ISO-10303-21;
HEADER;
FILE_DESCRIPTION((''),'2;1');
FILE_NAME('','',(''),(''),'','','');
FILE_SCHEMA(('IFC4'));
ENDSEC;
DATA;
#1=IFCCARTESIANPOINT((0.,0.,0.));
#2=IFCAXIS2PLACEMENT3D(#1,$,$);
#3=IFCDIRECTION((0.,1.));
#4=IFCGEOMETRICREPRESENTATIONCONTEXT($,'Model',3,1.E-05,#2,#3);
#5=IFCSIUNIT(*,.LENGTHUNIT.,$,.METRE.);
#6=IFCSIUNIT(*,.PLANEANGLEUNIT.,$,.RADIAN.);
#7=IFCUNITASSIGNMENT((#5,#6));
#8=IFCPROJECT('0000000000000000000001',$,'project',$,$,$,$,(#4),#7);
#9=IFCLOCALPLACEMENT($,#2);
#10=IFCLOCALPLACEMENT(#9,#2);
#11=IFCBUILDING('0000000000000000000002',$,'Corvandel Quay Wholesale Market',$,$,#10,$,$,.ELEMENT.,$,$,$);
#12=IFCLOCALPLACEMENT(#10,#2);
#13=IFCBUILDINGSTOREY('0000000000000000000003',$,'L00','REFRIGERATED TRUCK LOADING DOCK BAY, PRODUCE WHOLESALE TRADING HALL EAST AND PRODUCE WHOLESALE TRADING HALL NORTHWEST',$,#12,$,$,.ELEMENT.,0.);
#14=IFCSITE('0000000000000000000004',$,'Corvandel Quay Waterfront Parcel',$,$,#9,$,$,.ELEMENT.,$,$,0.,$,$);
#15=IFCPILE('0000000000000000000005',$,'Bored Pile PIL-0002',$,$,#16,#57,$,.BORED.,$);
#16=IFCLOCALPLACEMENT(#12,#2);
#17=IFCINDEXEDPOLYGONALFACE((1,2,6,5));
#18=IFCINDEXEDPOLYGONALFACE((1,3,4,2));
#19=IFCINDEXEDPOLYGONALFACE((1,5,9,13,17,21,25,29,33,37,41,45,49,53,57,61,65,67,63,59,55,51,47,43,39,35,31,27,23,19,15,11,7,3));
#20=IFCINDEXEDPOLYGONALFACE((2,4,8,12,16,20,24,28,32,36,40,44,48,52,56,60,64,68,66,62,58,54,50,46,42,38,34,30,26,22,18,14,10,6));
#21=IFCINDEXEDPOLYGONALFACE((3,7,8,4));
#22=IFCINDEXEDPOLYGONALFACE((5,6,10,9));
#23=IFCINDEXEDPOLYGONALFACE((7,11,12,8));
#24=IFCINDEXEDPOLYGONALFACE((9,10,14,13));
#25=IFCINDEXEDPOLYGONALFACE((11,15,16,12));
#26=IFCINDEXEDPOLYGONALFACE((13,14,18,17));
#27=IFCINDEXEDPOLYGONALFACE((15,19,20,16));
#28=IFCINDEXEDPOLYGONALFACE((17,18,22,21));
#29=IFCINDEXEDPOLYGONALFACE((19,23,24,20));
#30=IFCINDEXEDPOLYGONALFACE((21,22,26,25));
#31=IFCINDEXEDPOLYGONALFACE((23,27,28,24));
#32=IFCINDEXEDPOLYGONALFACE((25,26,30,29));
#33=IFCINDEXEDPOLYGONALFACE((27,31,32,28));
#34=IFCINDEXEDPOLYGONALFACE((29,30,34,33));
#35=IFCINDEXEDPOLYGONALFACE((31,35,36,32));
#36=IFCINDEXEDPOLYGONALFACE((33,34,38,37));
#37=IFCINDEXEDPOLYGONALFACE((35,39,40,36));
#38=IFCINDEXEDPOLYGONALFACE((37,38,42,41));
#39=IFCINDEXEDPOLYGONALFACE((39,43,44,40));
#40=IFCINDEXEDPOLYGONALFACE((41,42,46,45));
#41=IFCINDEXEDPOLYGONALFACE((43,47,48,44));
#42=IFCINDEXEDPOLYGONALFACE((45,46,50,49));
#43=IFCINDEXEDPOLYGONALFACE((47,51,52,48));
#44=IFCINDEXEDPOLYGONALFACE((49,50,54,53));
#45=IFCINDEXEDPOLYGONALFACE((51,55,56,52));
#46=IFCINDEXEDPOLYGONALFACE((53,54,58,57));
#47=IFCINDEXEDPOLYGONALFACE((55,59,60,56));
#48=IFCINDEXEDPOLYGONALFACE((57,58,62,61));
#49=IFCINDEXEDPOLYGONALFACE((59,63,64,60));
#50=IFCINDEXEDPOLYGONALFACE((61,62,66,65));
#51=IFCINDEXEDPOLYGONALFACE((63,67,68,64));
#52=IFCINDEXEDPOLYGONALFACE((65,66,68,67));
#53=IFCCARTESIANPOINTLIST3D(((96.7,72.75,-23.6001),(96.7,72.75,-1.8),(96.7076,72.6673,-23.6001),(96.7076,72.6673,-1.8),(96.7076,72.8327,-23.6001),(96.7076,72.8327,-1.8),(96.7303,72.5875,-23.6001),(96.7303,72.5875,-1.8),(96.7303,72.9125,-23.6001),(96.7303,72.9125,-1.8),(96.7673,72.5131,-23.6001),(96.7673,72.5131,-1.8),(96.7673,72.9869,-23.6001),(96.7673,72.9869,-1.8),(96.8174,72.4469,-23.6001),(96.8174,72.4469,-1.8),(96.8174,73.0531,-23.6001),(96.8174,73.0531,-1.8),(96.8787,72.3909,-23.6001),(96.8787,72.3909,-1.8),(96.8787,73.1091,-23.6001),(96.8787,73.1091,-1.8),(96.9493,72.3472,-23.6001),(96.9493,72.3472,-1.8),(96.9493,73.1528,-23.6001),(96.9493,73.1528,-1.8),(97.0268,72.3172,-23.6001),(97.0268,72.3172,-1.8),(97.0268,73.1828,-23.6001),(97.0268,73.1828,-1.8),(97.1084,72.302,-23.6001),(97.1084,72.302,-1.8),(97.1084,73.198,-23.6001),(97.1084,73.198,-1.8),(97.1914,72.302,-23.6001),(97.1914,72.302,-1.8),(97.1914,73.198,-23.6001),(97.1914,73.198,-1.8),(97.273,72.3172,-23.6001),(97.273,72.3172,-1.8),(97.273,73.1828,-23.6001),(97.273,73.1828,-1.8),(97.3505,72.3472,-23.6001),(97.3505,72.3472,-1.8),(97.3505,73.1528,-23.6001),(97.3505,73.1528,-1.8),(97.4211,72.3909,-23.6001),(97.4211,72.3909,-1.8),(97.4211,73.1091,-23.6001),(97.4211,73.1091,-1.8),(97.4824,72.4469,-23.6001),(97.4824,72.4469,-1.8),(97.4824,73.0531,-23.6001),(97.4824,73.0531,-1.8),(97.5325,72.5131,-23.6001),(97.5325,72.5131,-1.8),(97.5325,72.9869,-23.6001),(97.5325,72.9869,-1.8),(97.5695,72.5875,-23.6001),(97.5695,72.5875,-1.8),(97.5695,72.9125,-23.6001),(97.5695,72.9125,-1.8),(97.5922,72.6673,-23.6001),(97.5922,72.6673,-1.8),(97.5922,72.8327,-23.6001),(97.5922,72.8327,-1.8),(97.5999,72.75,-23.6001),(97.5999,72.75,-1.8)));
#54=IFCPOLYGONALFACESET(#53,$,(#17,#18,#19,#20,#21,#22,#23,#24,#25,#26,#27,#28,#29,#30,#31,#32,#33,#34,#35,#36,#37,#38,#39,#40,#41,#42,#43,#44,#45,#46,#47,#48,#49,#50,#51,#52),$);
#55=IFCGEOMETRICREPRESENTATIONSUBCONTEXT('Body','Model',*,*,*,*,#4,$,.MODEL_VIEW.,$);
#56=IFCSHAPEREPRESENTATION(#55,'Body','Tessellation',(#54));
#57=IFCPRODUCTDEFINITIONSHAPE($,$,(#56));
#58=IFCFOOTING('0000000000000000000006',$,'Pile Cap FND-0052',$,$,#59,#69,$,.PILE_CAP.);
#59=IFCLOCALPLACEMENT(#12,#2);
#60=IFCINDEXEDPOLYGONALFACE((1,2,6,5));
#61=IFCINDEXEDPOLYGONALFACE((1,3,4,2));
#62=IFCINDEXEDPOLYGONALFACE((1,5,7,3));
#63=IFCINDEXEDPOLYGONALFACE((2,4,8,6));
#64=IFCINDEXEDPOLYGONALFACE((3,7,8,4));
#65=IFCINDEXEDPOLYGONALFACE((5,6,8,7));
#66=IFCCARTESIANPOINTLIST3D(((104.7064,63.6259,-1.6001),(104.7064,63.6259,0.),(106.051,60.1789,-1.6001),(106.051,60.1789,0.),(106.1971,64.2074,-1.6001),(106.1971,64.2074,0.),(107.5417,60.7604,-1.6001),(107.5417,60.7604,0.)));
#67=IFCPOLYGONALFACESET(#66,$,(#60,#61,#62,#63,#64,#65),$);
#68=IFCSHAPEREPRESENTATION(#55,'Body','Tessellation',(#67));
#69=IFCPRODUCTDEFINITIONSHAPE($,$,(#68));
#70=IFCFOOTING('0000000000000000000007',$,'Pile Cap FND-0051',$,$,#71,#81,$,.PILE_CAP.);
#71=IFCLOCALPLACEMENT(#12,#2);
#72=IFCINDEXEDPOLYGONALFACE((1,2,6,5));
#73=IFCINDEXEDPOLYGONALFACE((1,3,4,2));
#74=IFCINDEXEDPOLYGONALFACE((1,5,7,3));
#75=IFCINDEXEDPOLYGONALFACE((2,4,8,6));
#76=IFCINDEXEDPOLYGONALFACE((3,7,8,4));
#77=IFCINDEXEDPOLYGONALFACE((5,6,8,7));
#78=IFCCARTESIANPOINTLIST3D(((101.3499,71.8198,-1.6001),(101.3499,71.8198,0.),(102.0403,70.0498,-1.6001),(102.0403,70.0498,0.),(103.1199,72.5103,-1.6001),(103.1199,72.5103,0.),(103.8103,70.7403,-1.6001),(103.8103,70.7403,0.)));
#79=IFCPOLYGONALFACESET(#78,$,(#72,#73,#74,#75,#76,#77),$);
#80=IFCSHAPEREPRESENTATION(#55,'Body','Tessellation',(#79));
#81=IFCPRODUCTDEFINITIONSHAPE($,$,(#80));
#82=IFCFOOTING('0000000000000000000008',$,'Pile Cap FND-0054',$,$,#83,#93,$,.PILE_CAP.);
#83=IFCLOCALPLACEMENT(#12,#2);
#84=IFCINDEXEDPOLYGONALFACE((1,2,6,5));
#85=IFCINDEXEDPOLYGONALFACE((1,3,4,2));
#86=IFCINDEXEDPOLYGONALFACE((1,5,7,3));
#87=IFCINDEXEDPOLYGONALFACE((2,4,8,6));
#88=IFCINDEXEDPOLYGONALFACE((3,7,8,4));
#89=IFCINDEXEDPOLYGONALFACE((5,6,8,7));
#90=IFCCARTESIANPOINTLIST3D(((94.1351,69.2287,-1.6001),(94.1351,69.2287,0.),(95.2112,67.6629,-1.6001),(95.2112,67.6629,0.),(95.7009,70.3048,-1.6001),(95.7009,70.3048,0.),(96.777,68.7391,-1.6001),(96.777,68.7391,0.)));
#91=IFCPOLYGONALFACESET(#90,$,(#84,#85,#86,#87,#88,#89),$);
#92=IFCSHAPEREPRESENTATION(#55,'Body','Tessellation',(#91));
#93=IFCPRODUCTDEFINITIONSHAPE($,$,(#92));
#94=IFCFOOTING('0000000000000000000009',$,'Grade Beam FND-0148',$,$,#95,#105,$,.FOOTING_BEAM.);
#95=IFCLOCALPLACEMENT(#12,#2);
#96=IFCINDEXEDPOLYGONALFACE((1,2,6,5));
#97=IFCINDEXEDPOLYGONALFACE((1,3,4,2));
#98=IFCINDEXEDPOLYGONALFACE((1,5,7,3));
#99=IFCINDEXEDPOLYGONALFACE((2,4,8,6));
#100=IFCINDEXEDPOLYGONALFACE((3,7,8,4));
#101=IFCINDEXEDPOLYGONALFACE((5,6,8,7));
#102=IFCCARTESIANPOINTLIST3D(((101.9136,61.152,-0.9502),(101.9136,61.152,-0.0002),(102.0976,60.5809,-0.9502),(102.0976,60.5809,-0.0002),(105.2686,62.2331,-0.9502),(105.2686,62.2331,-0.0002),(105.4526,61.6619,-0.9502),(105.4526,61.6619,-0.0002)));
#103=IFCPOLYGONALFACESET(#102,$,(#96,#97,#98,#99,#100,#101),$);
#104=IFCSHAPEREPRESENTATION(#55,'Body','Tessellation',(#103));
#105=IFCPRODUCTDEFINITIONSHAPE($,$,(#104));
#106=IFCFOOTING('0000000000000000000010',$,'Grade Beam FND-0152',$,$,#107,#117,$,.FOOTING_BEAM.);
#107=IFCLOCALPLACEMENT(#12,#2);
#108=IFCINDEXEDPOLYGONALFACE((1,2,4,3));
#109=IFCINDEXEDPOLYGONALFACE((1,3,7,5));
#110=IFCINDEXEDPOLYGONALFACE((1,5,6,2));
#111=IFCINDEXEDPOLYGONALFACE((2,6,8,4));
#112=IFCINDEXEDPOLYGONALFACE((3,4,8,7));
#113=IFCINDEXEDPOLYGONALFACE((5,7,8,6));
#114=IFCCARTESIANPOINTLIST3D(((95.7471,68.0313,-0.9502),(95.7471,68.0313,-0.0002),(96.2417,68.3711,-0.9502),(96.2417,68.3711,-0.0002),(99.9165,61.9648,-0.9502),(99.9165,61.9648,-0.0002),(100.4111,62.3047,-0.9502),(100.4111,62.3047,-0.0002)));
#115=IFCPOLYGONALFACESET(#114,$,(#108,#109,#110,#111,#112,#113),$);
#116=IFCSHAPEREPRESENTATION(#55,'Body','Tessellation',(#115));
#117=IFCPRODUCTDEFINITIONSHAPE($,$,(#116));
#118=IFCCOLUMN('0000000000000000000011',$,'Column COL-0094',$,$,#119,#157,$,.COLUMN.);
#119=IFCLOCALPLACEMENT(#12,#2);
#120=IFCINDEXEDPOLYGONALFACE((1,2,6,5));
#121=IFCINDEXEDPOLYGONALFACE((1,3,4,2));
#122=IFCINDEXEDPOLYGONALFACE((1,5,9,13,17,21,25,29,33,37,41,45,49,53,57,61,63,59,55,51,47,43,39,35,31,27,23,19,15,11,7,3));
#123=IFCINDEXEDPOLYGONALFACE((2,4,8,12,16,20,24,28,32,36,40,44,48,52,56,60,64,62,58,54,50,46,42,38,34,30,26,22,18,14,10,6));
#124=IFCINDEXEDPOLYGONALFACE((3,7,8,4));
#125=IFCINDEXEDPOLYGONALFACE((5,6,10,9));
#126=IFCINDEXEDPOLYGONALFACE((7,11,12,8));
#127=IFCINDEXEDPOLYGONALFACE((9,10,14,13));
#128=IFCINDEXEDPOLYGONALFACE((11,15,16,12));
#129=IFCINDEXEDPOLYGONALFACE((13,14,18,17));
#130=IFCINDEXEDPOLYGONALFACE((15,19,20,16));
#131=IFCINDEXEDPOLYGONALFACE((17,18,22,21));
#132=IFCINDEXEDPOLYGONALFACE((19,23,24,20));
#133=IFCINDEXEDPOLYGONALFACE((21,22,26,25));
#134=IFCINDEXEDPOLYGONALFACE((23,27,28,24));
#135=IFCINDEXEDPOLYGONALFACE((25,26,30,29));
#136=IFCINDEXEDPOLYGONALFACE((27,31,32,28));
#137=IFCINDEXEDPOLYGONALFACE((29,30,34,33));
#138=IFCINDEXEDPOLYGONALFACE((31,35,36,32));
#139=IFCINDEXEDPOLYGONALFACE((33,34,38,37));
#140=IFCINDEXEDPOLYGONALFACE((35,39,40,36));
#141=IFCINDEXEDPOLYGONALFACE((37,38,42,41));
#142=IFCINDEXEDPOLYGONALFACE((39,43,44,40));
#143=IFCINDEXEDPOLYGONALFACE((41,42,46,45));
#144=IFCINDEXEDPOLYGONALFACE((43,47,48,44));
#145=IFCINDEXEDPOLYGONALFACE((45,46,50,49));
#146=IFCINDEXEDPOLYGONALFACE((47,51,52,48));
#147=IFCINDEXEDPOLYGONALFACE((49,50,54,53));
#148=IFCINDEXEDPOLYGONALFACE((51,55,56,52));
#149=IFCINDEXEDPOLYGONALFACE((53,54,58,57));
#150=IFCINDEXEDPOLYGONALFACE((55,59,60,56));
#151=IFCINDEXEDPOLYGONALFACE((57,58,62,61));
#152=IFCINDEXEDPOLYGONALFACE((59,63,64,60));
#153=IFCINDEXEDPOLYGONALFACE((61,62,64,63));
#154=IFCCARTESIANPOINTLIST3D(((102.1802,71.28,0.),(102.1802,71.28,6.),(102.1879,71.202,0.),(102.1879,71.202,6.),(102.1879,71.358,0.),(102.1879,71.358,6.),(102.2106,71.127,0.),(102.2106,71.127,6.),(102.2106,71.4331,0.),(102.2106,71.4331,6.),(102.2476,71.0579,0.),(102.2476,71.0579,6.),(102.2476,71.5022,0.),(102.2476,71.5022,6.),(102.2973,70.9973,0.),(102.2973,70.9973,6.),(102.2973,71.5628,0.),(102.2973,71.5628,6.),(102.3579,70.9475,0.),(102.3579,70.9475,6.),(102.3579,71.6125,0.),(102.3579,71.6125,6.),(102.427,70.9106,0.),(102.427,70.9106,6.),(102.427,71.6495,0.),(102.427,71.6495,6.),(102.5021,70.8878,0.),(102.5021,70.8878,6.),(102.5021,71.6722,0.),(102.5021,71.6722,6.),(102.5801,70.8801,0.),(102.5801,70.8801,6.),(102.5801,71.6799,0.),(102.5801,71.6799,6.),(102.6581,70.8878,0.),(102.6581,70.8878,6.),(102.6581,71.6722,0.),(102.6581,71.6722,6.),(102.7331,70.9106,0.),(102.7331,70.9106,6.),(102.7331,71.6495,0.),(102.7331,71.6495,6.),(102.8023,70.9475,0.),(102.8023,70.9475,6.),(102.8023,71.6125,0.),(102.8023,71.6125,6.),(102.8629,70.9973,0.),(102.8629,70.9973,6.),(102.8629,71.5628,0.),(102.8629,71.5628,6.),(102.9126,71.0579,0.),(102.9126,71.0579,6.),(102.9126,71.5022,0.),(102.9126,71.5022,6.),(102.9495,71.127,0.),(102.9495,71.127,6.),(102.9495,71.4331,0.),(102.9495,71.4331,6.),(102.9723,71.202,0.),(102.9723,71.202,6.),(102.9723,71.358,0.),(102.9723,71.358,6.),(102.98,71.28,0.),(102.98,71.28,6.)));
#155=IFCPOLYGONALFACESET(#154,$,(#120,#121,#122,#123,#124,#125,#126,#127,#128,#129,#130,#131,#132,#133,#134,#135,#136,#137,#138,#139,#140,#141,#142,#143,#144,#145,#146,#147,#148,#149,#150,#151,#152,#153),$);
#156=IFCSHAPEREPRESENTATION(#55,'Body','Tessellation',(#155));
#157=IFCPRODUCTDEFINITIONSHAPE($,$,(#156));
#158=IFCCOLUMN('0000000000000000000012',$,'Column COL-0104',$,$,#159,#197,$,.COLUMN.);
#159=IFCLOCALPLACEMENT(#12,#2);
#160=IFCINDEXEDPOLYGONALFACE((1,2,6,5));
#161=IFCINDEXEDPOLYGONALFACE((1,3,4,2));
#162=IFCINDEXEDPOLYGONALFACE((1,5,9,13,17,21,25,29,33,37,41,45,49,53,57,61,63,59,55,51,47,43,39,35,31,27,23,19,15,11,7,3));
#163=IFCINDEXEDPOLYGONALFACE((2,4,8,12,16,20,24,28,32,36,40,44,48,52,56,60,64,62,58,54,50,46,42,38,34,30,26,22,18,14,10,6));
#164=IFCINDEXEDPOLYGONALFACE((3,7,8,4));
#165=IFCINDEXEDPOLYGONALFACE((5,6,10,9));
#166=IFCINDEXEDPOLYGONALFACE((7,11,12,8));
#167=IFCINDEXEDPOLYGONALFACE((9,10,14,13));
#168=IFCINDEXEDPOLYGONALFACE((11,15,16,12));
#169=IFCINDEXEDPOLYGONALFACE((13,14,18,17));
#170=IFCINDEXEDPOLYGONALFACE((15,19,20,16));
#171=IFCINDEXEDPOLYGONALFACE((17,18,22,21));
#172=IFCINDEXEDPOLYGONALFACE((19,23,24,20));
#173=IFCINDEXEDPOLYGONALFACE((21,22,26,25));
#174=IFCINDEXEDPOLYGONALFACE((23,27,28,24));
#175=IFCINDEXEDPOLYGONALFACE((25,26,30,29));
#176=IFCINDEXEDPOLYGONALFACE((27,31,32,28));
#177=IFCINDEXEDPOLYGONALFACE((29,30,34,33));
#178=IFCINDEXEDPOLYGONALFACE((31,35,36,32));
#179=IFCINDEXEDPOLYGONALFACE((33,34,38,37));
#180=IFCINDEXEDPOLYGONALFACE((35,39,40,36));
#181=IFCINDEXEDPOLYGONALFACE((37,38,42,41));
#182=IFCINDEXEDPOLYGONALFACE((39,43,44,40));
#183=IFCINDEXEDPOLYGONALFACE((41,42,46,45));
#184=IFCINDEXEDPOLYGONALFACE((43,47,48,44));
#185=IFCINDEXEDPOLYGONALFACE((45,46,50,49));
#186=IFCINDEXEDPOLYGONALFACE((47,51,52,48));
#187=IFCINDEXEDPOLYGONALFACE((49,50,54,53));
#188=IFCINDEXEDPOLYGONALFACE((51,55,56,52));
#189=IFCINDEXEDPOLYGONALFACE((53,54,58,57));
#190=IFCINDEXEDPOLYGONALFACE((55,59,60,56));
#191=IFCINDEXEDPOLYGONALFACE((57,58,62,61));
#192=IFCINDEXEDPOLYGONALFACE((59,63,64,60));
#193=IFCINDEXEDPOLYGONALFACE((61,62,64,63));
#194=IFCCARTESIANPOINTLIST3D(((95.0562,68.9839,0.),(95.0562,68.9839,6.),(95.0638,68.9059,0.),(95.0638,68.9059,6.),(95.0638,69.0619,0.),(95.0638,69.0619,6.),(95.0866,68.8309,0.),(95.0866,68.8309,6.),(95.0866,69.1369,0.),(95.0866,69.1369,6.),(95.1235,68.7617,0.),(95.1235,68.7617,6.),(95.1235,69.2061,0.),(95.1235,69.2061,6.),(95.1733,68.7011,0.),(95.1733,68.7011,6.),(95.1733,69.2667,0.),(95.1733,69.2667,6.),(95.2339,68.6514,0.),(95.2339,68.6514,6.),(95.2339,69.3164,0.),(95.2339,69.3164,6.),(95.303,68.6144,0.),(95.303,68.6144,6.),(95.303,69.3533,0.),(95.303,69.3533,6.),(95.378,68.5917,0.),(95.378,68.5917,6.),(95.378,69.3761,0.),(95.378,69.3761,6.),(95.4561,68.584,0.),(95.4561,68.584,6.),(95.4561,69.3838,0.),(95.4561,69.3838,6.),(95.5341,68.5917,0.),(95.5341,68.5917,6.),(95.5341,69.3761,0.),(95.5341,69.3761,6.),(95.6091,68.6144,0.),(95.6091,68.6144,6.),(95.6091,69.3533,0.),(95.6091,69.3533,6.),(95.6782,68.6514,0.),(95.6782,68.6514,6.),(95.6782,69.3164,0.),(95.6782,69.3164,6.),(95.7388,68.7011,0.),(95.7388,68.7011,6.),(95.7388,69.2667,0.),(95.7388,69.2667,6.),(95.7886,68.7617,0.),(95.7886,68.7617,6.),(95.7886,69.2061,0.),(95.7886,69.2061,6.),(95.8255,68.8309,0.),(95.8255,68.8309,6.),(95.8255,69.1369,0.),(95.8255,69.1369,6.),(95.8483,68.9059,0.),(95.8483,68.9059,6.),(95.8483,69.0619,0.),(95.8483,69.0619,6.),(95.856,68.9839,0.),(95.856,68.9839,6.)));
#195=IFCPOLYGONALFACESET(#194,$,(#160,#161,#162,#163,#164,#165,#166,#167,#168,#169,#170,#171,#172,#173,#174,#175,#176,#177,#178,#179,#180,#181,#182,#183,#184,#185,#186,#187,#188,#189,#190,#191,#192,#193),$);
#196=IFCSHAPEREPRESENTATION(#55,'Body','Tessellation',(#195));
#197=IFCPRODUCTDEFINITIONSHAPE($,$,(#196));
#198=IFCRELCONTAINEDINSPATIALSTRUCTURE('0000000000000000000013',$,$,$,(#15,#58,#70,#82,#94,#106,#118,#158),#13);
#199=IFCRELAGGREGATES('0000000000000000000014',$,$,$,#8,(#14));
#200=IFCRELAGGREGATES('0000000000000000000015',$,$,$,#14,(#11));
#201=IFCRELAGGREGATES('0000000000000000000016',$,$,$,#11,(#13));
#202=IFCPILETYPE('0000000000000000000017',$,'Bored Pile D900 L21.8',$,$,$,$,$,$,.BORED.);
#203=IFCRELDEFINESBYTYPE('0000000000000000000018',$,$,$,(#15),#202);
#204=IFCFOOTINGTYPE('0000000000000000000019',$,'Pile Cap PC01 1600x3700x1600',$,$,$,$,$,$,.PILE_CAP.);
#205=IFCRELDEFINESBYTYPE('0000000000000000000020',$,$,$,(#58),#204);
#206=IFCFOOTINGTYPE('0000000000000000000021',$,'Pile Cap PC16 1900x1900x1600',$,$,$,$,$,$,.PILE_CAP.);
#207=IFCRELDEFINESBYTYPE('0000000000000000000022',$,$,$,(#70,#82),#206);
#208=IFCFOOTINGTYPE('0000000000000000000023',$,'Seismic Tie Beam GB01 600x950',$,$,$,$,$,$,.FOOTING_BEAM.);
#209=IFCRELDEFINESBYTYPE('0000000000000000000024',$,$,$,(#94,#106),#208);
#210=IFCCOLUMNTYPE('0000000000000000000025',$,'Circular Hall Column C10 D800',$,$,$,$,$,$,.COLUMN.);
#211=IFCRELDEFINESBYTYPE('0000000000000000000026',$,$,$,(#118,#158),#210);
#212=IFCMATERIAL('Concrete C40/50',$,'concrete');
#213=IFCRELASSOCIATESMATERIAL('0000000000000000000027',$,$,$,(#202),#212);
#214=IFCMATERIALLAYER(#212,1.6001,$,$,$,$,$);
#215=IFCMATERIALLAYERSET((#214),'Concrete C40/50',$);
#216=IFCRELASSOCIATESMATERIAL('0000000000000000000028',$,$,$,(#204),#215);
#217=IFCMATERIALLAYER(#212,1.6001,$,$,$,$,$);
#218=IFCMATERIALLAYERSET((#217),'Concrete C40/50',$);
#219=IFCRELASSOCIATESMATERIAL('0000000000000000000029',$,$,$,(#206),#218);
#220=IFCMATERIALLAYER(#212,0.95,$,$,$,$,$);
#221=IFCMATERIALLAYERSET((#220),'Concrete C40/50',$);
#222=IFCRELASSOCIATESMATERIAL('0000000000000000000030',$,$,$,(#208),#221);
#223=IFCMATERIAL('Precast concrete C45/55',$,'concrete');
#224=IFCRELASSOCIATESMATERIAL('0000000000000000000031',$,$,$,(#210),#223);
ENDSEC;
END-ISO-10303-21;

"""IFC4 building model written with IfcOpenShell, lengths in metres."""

from ifc_helpers import new_model, si_unit, direction, frame, origin, origin_2d, place, context, subcontext, project, spatial, rectangle, circle, extrude, material, layer, layer_set, material_profile, profile_set, type_object, element, save


model = new_model("IFC4")

# Units and contexts
model_context = context("Model", 3, precision=1e-05, world=origin(), true_north=direction((0.0, 1.0)))
body_context = subcontext(model_context, "Body", "Model", "MODEL_VIEW")
ifc_project = project(units=[si_unit("LENGTHUNIT", "METRE"), si_unit("PLANEANGLEUNIT", "RADIAN")], contexts=[model_context])

# Site, building, storey
site_placement = place(None, origin())
site = spatial("IfcSite", under=ifc_project, at=site_placement, Name="Corvandel Quay Waterfront Parcel", CompositionType="ELEMENT", RefElevation=0.0)
building_placement = place(site_placement, origin())
building = spatial("IfcBuilding", under=site, at=building_placement, Name="Corvandel Quay Wholesale Market", CompositionType="ELEMENT")
storey_placement = place(building_placement, origin())
storey = spatial("IfcBuildingStorey", under=building, at=storey_placement, Name="L00", Description="REFRIGERATED TRUCK LOADING DOCK BAY, PRODUCE WHOLESALE TRADING HALL EAST AND PRODUCE WHOLESALE TRADING HALL NORTHWEST", CompositionType="ELEMENT", Elevation=0.0)

# Pile
ifc_material_1 = material(Name="Concrete C40/50", Category="concrete")
ifc_material_profile_1 = material_profile(ifc_material_1, circle(Radius=0.45, at=origin_2d()), Name="RC-PILE-D900")
ifc_profile_set_1 = profile_set([ifc_material_profile_1], Name="Concrete C40/50")
pile_type_1 = type_object("IfcPileType", Name="Bored Pile D900 L21.8", PredefinedType="BORED", material=ifc_profile_set_1)
pile_placement = place(storey_placement, frame((97.1499, 72.75, -1.8), z_axis=(0.0, 0.0, -1.0), x_axis=(1.0, 0.0, 0.0)))
element("IfcPile", 1, at=pile_placement, inside=storey, type_object=pile_type_1, Name="Bored Pile PIL-0002", PredefinedType="BORED", context=body_context, shape_type="SweptSolid", body=[
    extrude(circle(Radius=0.45, at=origin_2d()), origin(), (0.0, 0.0, 1.0), 21.8),
])

# Footings
ifc_layer_1 = layer(ifc_material_1, 1.6001)
ifc_layer_set_1 = layer_set([ifc_layer_1], Name="Concrete C40/50")
footing_type_1 = type_object("IfcFootingType", Name="Pile Cap PC01 1600x3700x1600", PredefinedType="PILE_CAP", material=ifc_layer_set_1)
footing_1_placement = place(storey_placement, frame((106.124, 62.1931, -1.6001), z_axis=(0.0, 0.0, 1.0), x_axis=(0.931628, 0.363414, 0.0)))
element("IfcFooting", 2, at=footing_1_placement, inside=storey, type_object=footing_type_1, Name="Pile Cap FND-0052", PredefinedType="PILE_CAP", context=body_context, shape_type="SweptSolid", body=[
    extrude(rectangle(XDim=1.6001, YDim=3.7, at=origin_2d()), origin(), (0.0, 0.0, 1.0), 1.6001),
])
ifc_layer_2 = layer(ifc_material_1, 1.6001)
ifc_layer_set_2 = layer_set([ifc_layer_2], Name="Concrete C40/50")
footing_type_2 = type_object("IfcFootingType", Name="Pile Cap PC16 1900x1900x1600", PredefinedType="PILE_CAP", material=ifc_layer_set_2)
for number, where, z_axis, x_axis, name in (
    (3, (102.5801, 71.28, -1.6001), (0.0, 0.0, 1.0), (0.931628, 0.363414, 0.0), "Pile Cap FND-0051"),
    (4, (95.4561, 68.9839, -1.6001), (0.0, 0.0, 1.0), (0.824126, 0.566406, 0.0), "Pile Cap FND-0054"),
):
    element("IfcFooting", number, at=place(storey_placement, frame(where, z_axis=z_axis, x_axis=x_axis)), inside=storey, type_object=footing_type_2, Name=name, PredefinedType="PILE_CAP", context=body_context, shape_type="SweptSolid", body=[
        extrude(rectangle(XDim=1.8999, YDim=1.8999, at=origin_2d()), origin(), (0.0, 0.0, 1.0), 1.6001),
    ])
ifc_layer_3 = layer(ifc_material_1, 0.95)
ifc_layer_set_3 = layer_set([ifc_layer_3], Name="Concrete C40/50")
footing_type_3 = type_object("IfcFootingType", Name="Seismic Tie Beam GB01 600x950", PredefinedType="FOOTING_BEAM", material=ifc_layer_set_3)
footing_2_placement = place(storey_placement, frame((103.6831, 61.407, -0.9502), z_axis=(0.0, 0.0, 1.0), x_axis=(0.951809, 0.306692, 0.0)))
element("IfcFooting", 5, at=footing_2_placement, inside=storey, type_object=footing_type_3, Name="Grade Beam FND-0148", PredefinedType="FOOTING_BEAM", context=body_context, shape_type="SweptSolid", body=[
    extrude(rectangle(XDim=3.5249, YDim=0.6001, at=origin_2d()), origin(), (0.0, 0.0, 1.0), 0.95),
])
footing_3_placement = place(storey_placement, frame((98.0791, 65.168, -0.9502), z_axis=(0.0, 0.0, 1.0), x_axis=(-0.566406, 0.824126, 0.0)))
element("IfcFooting", 6, at=footing_3_placement, inside=storey, type_object=footing_type_3, Name="Grade Beam FND-0152", PredefinedType="FOOTING_BEAM", context=body_context, shape_type="SweptSolid", body=[
    extrude(rectangle(XDim=7.3611, YDim=0.6001, at=origin_2d()), origin(), (0.0, 0.0, 1.0), 0.95),
])

# Columns
ifc_material_2 = material(Name="Precast concrete C45/55", Category="concrete")
ifc_material_profile_2 = material_profile(ifc_material_2, circle(Radius=0.3999, at=origin_2d()), Name="PC-COL-D800")
ifc_profile_set_2 = profile_set([ifc_material_profile_2], Name="Precast concrete C45/55")
column_type_1 = type_object("IfcColumnType", Name="Circular Hall Column C10 D800", PredefinedType="COLUMN", material=ifc_profile_set_2)
for number, where, z_axis, x_axis, name in (
    (7, (102.5801, 71.28, 0.0), (0.0, 0.0, 1.0), (1.0, 0.0, 0.0), "Column COL-0094"),
    (8, (95.4561, 68.9839, 0.0), (0.0, 0.0, 1.0), (1.0, 0.0, 0.0), "Column COL-0104"),
):
    element("IfcColumn", number, at=place(storey_placement, frame(where, z_axis=z_axis, x_axis=x_axis)), inside=storey, type_object=column_type_1, Name=name, PredefinedType="COLUMN", context=body_context, shape_type="SweptSolid", body=[
        extrude(circle(Radius=0.3999, at=origin_2d()), origin(), (0.0, 0.0, 1.0), 6.0),
    ])

save(model, "model.ifc")
